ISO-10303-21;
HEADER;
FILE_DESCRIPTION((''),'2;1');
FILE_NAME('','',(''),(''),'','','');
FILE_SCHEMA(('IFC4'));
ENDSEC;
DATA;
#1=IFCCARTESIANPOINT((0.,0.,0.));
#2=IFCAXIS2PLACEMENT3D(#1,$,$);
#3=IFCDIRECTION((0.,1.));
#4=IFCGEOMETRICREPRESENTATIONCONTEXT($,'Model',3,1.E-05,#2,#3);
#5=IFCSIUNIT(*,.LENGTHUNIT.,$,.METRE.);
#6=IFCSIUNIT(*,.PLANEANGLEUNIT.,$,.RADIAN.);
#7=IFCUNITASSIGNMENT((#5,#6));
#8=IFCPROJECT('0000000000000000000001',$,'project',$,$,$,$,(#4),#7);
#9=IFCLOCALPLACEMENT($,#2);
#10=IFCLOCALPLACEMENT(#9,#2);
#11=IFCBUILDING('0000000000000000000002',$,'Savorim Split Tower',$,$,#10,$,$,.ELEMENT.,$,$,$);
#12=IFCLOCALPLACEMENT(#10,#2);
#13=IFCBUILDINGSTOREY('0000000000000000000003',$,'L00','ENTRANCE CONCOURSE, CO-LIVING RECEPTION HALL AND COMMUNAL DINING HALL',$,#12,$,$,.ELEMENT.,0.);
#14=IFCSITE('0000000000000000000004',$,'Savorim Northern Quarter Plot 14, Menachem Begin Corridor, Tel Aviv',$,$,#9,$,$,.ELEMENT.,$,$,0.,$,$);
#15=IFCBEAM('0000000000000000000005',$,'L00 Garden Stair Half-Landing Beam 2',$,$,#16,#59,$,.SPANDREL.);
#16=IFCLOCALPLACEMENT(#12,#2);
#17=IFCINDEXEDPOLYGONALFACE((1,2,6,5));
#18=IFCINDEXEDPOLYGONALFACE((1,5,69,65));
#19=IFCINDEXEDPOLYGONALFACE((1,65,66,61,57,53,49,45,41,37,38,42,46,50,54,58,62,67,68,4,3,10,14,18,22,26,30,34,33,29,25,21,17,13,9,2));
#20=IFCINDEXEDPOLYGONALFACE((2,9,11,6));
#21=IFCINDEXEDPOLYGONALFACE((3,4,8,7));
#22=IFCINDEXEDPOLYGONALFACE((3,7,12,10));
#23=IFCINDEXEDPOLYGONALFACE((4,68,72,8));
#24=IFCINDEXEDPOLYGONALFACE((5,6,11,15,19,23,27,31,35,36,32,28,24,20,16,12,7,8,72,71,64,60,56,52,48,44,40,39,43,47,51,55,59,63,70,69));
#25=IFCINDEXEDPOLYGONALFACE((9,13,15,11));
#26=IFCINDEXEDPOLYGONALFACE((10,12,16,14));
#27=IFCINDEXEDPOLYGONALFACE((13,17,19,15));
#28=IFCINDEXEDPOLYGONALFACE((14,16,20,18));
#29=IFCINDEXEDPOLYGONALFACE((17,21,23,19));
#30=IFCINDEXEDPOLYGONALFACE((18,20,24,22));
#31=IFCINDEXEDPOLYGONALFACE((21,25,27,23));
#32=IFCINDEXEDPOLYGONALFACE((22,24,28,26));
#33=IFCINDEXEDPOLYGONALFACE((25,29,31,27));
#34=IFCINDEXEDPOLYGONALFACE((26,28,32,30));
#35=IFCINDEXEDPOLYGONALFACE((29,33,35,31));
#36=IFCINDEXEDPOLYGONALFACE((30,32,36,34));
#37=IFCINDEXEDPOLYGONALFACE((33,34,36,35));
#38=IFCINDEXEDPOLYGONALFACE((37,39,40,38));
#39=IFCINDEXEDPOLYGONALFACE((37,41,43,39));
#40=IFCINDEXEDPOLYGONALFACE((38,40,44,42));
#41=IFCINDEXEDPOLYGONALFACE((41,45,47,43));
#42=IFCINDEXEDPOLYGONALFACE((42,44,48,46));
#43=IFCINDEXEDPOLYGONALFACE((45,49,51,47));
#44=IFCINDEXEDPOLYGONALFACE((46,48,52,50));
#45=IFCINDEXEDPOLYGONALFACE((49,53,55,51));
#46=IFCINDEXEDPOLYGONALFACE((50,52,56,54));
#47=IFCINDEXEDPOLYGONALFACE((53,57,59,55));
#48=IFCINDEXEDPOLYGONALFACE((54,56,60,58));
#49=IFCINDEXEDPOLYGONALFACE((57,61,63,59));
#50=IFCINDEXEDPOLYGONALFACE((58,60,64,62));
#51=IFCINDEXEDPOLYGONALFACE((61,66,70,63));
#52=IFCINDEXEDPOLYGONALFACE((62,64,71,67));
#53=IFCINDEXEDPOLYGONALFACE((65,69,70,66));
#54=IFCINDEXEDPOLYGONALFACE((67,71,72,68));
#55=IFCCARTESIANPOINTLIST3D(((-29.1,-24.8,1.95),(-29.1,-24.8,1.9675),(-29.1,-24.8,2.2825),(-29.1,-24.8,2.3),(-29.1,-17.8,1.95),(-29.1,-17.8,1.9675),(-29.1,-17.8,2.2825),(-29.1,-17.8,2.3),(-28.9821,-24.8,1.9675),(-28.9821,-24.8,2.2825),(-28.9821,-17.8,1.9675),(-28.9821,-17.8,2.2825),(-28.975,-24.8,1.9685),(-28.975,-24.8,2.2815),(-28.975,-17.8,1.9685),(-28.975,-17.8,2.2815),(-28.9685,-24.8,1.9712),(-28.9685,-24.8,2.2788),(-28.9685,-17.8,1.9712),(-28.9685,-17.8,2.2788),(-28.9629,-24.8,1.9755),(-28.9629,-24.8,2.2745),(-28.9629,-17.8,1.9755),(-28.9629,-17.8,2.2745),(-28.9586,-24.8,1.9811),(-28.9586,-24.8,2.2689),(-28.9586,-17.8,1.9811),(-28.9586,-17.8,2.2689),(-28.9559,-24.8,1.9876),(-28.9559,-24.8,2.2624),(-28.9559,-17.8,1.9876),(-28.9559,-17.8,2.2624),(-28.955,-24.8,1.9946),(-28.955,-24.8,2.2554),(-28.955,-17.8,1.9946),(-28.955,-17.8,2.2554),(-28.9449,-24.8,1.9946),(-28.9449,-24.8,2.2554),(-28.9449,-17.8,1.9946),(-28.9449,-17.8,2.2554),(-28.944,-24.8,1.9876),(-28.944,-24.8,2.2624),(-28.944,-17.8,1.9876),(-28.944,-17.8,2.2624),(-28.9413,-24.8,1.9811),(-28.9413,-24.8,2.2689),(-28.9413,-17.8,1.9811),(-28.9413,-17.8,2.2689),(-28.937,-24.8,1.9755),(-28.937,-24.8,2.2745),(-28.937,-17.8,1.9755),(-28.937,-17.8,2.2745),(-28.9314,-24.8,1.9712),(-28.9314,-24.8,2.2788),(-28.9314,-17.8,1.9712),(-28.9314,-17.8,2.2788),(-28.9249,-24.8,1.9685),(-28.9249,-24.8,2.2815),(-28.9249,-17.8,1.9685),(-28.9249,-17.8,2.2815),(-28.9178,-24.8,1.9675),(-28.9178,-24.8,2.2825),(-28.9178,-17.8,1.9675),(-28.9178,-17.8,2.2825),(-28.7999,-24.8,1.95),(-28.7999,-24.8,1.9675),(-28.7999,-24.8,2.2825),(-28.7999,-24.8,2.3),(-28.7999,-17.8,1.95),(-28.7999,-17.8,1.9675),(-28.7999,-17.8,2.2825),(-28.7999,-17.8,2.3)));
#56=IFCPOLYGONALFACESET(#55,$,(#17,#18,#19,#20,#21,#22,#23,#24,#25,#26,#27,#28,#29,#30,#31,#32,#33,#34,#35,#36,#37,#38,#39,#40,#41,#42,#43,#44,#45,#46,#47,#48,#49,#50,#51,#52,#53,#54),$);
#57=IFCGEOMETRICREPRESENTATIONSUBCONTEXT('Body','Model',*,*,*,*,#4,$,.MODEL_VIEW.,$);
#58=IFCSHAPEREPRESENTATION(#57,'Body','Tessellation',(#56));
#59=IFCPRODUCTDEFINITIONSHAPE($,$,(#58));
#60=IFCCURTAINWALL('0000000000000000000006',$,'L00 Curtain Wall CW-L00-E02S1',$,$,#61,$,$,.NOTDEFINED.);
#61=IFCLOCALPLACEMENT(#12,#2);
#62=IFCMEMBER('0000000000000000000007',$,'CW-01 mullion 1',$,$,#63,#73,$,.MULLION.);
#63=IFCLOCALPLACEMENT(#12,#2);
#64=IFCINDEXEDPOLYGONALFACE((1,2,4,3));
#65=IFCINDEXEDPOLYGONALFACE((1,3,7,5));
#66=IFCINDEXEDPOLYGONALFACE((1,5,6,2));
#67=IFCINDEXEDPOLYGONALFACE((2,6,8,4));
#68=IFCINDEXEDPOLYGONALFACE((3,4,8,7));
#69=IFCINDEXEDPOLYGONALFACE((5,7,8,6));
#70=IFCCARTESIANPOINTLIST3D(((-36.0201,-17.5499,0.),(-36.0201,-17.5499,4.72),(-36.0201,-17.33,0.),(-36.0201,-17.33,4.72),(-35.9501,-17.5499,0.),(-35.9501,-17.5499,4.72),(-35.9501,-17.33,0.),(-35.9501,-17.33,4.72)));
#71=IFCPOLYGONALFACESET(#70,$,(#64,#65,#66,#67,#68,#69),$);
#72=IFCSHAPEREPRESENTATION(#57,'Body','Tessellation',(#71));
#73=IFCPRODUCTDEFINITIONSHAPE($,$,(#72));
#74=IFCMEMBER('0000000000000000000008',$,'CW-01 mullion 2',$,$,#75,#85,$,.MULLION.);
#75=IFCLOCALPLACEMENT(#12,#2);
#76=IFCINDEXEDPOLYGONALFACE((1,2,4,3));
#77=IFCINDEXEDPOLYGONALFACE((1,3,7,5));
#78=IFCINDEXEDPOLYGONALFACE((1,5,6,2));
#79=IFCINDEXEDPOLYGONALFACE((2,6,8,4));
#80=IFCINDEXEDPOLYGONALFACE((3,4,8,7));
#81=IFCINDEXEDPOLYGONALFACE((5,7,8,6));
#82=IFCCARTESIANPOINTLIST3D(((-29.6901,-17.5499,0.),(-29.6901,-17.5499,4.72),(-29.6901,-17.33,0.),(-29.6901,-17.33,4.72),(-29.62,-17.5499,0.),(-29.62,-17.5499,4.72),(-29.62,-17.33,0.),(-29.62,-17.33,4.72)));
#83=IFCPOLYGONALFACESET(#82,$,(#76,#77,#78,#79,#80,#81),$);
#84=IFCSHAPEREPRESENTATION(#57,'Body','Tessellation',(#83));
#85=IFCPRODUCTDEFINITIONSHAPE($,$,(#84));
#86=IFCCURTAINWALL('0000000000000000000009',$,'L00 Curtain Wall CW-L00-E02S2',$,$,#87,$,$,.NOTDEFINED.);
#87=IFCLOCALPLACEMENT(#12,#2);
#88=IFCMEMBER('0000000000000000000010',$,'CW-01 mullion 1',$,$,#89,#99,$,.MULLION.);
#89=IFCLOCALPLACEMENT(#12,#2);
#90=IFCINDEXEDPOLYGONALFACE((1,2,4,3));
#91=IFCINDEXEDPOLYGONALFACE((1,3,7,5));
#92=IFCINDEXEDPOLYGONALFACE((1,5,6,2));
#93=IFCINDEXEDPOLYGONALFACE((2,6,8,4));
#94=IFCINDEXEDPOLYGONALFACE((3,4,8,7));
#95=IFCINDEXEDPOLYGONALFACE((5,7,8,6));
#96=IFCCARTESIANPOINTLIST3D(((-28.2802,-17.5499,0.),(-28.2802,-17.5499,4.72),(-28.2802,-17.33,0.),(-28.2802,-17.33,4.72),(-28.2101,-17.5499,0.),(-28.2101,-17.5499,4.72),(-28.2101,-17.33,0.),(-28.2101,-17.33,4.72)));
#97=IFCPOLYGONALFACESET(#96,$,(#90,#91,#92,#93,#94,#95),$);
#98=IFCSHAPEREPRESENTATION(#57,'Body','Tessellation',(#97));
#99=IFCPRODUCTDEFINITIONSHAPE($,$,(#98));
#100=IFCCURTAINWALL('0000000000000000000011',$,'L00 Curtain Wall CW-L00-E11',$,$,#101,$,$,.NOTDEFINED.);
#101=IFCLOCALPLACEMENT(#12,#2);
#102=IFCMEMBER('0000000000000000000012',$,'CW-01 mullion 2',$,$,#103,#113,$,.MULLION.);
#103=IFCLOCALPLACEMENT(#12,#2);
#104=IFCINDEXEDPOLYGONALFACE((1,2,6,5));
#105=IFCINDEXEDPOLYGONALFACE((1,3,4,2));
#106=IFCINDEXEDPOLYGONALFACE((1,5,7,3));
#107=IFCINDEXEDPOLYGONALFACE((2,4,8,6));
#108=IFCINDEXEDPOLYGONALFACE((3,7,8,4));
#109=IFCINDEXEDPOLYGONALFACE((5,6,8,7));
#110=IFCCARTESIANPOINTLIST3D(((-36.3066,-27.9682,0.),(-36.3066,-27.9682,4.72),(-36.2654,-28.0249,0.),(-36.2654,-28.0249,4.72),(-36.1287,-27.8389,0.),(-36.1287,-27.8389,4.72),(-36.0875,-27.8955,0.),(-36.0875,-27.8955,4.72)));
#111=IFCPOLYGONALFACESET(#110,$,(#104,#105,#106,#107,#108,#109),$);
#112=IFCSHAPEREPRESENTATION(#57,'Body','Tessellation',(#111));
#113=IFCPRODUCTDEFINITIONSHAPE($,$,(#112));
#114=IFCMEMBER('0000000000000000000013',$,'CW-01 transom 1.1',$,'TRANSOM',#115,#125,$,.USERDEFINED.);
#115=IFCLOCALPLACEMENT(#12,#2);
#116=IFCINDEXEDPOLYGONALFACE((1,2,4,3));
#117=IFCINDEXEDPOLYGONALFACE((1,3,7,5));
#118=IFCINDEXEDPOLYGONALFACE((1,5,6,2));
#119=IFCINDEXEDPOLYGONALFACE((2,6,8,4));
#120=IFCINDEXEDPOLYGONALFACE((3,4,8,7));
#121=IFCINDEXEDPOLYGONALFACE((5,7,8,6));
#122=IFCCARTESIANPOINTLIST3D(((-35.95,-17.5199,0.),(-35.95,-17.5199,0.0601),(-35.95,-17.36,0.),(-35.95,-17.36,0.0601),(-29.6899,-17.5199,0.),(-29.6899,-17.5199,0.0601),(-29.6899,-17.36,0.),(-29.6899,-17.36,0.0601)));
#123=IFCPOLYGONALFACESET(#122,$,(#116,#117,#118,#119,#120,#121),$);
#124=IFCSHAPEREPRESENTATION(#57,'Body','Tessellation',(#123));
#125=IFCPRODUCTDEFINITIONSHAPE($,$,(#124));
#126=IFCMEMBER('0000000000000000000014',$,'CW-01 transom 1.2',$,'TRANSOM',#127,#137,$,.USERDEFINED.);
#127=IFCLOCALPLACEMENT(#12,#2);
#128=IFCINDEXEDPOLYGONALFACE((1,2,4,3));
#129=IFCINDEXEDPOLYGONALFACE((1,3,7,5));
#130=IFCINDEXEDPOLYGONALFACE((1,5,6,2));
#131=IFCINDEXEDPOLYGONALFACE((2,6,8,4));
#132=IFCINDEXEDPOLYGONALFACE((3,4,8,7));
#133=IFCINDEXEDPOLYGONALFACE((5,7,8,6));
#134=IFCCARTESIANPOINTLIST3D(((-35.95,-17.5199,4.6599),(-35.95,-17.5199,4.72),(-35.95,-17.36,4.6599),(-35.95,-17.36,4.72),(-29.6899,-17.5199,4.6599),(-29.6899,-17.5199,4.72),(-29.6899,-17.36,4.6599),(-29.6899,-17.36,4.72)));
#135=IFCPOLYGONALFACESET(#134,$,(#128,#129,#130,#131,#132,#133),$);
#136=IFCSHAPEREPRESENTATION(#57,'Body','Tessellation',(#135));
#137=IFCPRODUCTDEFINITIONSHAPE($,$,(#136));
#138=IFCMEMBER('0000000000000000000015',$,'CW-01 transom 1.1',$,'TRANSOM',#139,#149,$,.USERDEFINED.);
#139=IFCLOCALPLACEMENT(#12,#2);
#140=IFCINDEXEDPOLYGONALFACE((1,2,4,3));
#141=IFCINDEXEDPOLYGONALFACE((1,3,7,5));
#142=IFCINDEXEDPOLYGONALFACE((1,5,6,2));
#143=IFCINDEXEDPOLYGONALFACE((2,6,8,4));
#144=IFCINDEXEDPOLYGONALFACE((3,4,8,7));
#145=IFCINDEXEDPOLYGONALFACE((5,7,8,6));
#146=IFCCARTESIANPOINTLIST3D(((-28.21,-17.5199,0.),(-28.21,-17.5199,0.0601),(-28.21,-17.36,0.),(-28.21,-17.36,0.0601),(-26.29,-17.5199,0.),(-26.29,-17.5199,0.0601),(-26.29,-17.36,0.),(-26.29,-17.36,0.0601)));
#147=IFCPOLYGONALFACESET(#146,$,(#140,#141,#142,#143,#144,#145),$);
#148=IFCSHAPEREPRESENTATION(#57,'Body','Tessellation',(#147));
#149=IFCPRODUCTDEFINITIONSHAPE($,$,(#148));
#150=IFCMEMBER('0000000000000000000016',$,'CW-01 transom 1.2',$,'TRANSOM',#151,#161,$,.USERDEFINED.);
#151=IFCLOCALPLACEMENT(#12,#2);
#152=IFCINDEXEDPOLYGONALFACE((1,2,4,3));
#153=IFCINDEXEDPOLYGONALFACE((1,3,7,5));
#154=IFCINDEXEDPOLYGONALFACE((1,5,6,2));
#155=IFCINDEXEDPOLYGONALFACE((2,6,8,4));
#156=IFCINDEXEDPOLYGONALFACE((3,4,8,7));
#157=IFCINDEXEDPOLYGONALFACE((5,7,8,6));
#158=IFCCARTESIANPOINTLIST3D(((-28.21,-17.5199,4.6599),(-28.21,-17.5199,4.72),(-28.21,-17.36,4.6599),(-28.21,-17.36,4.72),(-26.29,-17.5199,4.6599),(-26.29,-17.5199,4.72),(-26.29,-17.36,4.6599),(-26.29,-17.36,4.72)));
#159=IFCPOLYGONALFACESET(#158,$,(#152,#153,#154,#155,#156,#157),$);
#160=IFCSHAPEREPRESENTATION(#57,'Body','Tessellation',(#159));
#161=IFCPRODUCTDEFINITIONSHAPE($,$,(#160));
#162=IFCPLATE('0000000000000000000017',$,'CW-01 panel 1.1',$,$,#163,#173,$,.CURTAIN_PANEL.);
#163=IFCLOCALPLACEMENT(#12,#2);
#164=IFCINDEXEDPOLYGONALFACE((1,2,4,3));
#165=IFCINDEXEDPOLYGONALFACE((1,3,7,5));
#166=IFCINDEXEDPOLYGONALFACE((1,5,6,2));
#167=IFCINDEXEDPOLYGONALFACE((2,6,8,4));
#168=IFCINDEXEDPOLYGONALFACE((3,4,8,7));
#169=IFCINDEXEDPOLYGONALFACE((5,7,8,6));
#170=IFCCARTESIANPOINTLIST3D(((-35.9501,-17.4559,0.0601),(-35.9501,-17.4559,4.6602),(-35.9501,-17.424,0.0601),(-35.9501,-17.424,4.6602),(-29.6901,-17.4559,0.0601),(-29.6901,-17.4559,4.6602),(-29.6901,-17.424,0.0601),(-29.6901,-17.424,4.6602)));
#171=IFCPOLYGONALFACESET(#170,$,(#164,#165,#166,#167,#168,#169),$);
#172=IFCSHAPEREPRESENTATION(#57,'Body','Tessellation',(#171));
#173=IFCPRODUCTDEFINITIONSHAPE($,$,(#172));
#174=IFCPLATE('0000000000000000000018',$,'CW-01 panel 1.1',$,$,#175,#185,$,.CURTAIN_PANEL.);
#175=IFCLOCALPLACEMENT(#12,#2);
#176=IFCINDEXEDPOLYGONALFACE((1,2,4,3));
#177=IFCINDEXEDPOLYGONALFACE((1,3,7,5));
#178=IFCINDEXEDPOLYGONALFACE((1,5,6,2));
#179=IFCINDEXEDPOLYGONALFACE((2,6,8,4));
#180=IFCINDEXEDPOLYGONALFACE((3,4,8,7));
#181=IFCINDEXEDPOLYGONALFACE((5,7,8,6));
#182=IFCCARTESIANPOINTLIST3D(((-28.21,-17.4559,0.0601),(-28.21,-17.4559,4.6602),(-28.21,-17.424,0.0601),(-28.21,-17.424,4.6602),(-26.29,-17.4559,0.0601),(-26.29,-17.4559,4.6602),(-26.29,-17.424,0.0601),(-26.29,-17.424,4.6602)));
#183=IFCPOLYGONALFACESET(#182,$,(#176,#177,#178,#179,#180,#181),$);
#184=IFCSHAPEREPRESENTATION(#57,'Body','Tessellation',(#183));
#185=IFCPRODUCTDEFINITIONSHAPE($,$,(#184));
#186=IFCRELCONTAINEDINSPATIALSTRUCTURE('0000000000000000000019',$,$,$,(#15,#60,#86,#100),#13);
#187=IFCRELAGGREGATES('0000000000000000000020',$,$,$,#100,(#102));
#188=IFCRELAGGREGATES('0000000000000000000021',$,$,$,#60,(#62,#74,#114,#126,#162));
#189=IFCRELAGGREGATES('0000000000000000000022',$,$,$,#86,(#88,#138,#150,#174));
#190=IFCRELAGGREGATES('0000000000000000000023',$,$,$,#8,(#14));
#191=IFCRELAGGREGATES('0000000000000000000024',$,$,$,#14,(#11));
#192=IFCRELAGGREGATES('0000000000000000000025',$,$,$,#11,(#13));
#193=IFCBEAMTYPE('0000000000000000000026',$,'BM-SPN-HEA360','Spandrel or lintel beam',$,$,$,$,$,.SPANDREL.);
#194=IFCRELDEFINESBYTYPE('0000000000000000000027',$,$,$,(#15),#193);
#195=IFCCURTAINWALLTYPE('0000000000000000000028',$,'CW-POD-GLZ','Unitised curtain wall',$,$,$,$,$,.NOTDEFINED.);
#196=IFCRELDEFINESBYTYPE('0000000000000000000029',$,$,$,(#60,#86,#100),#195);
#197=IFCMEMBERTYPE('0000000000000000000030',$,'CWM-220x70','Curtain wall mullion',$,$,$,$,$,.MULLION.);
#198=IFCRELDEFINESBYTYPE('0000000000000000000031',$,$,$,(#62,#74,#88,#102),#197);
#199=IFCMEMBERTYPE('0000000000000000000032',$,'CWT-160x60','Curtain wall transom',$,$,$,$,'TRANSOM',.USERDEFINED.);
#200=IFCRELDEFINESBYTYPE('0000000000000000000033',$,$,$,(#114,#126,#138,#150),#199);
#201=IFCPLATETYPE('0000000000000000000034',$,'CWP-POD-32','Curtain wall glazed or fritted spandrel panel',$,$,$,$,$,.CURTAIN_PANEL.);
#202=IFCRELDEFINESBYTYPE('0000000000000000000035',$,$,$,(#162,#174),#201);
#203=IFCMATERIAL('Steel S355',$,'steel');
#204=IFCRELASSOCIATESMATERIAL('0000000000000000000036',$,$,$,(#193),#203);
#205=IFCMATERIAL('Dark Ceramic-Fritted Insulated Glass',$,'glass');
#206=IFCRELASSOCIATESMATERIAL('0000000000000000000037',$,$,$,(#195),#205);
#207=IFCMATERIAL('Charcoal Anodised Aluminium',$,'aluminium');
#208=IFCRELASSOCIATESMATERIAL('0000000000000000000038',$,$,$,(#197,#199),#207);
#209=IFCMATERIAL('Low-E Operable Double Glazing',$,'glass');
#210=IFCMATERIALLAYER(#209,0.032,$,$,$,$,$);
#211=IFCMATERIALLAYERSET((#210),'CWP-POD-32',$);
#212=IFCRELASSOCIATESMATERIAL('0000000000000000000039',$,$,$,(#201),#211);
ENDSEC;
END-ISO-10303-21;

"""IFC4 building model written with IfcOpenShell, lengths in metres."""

from ifc_helpers import new_model, si_unit, direction, frame, origin, origin_2d, place, context, subcontext, project, spatial, rectangle, i_section, extrude, material, layer, layer_set, material_profile, profile_set, type_object, element, aggregate, save


model = new_model("IFC4")

# Units and contexts
model_context = context("Model", 3, precision=1e-05, world=origin(), true_north=direction((0.0, 1.0)))
body_context = subcontext(model_context, "Body", "Model", "MODEL_VIEW")
ifc_project = project(units=[si_unit("LENGTHUNIT", "METRE"), si_unit("PLANEANGLEUNIT", "RADIAN")], contexts=[model_context])

# Site, building, storey
site_placement = place(None, origin())
site = spatial("IfcSite", under=ifc_project, at=site_placement, Name="Savorim Northern Quarter Plot 14, Menachem Begin Corridor, Tel Aviv", CompositionType="ELEMENT", RefElevation=0.0)
building_placement = place(site_placement, origin())
building = spatial("IfcBuilding", under=site, at=building_placement, Name="Savorim Split Tower", CompositionType="ELEMENT")
storey_placement = place(building_placement, origin())
storey = spatial("IfcBuildingStorey", under=building, at=storey_placement, Name="L00", Description="ENTRANCE CONCOURSE, CO-LIVING RECEPTION HALL AND COMMUNAL DINING HALL", CompositionType="ELEMENT", Elevation=0.0)

# Beam
ifc_material_1 = material(Name="Steel S355", Category="steel")
ifc_material_profile_1 = material_profile(ifc_material_1, i_section(OverallWidth=0.3, OverallDepth=0.3501, WebThickness=0.01, FlangeThickness=0.0176, FilletRadius=0.0271, at=origin_2d()), Name="HEA 360")
ifc_profile_set_1 = profile_set([ifc_material_profile_1], Name="Steel S355")
beam_type_1 = type_object("IfcBeamType", Name="BM-SPN-HEA360", Description="Spandrel or lintel beam", PredefinedType="SPANDREL", material=ifc_profile_set_1)
beam_1_placement = place(storey_placement, frame((-28.95, -24.8, 2.125), z_axis=(0.0, 1.0, 0.0), x_axis=(-1.0, 0.0, 0.0)))
element("IfcBeam", 1, at=beam_1_placement, inside=storey, type_object=beam_type_1, Name="L00 Garden Stair Half-Landing Beam 2", PredefinedType="SPANDREL", context=body_context, shape_type="SweptSolid", body=[
    extrude(i_section(OverallWidth=0.3, OverallDepth=0.3501, WebThickness=0.01, FlangeThickness=0.0176, FilletRadius=0.0271, at=origin_2d()), origin(), (0.0, 0.0, 1.0), 7.0),
])

# Curtain wall, members
ifc_material_2 = material(Name="Dark Ceramic-Fritted Insulated Glass", Category="glass")
curtain_wall_type = type_object("IfcCurtainWallType", Name="CW-POD-GLZ", Description="Unitised curtain wall", PredefinedType="NOTDEFINED", material=ifc_material_2)
curtain_wall_1_placement = place(storey_placement, origin())
curtain_wall_1 = element("IfcCurtainWall", 2, at=curtain_wall_1_placement, inside=storey, type_object=curtain_wall_type, Name="L00 Curtain Wall CW-L00-E02S1", PredefinedType="NOTDEFINED")
ifc_material_3 = material(Name="Charcoal Anodised Aluminium", Category="aluminium")
ifc_material_profile_2 = material_profile(ifc_material_3, rectangle(XDim=0.22, YDim=0.0701, at=origin_2d()), Name="ALU-M 220x70")
ifc_profile_set_2 = profile_set([ifc_material_profile_2], Name="Charcoal Anodised Aluminium")
member_type_1 = type_object("IfcMemberType", Name="CWM-220x70", Description="Curtain wall mullion", PredefinedType="MULLION", material=ifc_profile_set_2)
member_1_placement = place(storey_placement, frame((-35.9851, -17.4399, 0.0), z_axis=(0.0, 0.0, 1.0), x_axis=(0.0, 1.0, 0.0)))
member_1 = element("IfcMember", 3, at=member_1_placement, type_object=member_type_1, Name="CW-01 mullion 1", PredefinedType="MULLION", context=body_context, shape_type="SweptSolid", body=[
    extrude(rectangle(XDim=0.22, YDim=0.0701, at=origin_2d()), origin(), (0.0, 0.0, 1.0), 4.72),
])
member_2_placement = place(storey_placement, frame((-29.655, -17.4399, 0.0), z_axis=(0.0, 0.0, 1.0), x_axis=(0.0, 1.0, 0.0)))
member_2 = element("IfcMember", 4, at=member_2_placement, type_object=member_type_1, Name="CW-01 mullion 2", PredefinedType="MULLION", context=body_context, shape_type="SweptSolid", body=[
    extrude(rectangle(XDim=0.22, YDim=0.0701, at=origin_2d()), origin(), (0.0, 0.0, 1.0), 4.72),
])

# Curtain walls, members
curtain_wall_2_placement = place(storey_placement, origin())
curtain_wall_2 = element("IfcCurtainWall", 5, at=curtain_wall_2_placement, inside=storey, type_object=curtain_wall_type, Name="L00 Curtain Wall CW-L00-E02S2", PredefinedType="NOTDEFINED")
member_3_placement = place(storey_placement, frame((-28.2451, -17.4399, 0.0), z_axis=(0.0, 0.0, 1.0), x_axis=(0.0, 1.0, 0.0)))
member_3 = element("IfcMember", 6, at=member_3_placement, type_object=member_type_1, Name="CW-01 mullion 1", PredefinedType="MULLION", context=body_context, shape_type="SweptSolid", body=[
    extrude(rectangle(XDim=0.22, YDim=0.0701, at=origin_2d()), origin(), (0.0, 0.0, 1.0), 4.72),
])
curtain_wall_3_placement = place(storey_placement, origin())
curtain_wall_3 = element("IfcCurtainWall", 7, at=curtain_wall_3_placement, inside=storey, type_object=curtain_wall_type, Name="L00 Curtain Wall CW-L00-E11", PredefinedType="NOTDEFINED")
member_4_placement = place(storey_placement, frame((-36.197, -27.9319, 0.0), z_axis=(0.0, 0.0, 1.0), x_axis=(0.808737, 0.58817, 0.0)))
member_4 = element("IfcMember", 8, at=member_4_placement, type_object=member_type_1, Name="CW-01 mullion 2", PredefinedType="MULLION", context=body_context, shape_type="SweptSolid", body=[
    extrude(rectangle(XDim=0.22, YDim=0.0701, at=origin_2d()), origin(), (0.0, 0.0, 1.0), 4.72),
])
aggregate(curtain_wall_3, [member_4])

# Members
ifc_material_profile_3 = material_profile(ifc_material_3, rectangle(XDim=0.1599, YDim=0.0601, at=origin_2d()), Name="ALU-T 160x60")
ifc_profile_set_3 = profile_set([ifc_material_profile_3], Name="Charcoal Anodised Aluminium")
member_type_2 = type_object("IfcMemberType", Name="CWT-160x60", Description="Curtain wall transom", ElementType="TRANSOM", PredefinedType="USERDEFINED", material=ifc_profile_set_3)
member_5_placement = place(storey_placement, frame((-35.95, -17.4399, 0.03), z_axis=(1.0, 0.0, 0.0), x_axis=(0.0, 1.0, 0.0)))
member_5 = element("IfcMember", 9, at=member_5_placement, type_object=member_type_2, Name="CW-01 transom 1.1", ObjectType="TRANSOM", PredefinedType="USERDEFINED", context=body_context, shape_type="SweptSolid", body=[
    extrude(rectangle(XDim=0.1599, YDim=0.0601, at=origin_2d()), origin(), (0.0, 0.0, 1.0), 6.26),
])
member_6_placement = place(storey_placement, frame((-35.95, -17.4399, 4.6899), z_axis=(1.0, 0.0, 0.0), x_axis=(0.0, 1.0, 0.0)))
member_6 = element("IfcMember", 10, at=member_6_placement, type_object=member_type_2, Name="CW-01 transom 1.2", ObjectType="TRANSOM", PredefinedType="USERDEFINED", context=body_context, shape_type="SweptSolid", body=[
    extrude(rectangle(XDim=0.1599, YDim=0.0601, at=origin_2d()), origin(), (0.0, 0.0, 1.0), 6.26),
])
member_7_placement = place(storey_placement, frame((-28.21, -17.4399, 0.03), z_axis=(1.0, 0.0, 0.0), x_axis=(0.0, 1.0, 0.0)))
member_7 = element("IfcMember", 11, at=member_7_placement, type_object=member_type_2, Name="CW-01 transom 1.1", ObjectType="TRANSOM", PredefinedType="USERDEFINED", context=body_context, shape_type="SweptSolid", body=[
    extrude(rectangle(XDim=0.1599, YDim=0.0601, at=origin_2d()), origin(), (0.0, 0.0, 1.0), 1.9199),
])
member_8_placement = place(storey_placement, frame((-28.21, -17.4399, 4.6899), z_axis=(1.0, 0.0, 0.0), x_axis=(0.0, 1.0, 0.0)))
member_8 = element("IfcMember", 12, at=member_8_placement, type_object=member_type_2, Name="CW-01 transom 1.2", ObjectType="TRANSOM", PredefinedType="USERDEFINED", context=body_context, shape_type="SweptSolid", body=[
    extrude(rectangle(XDim=0.1599, YDim=0.0601, at=origin_2d()), origin(), (0.0, 0.0, 1.0), 1.9199),
])

# Plates
ifc_material_4 = material(Name="Low-E Operable Double Glazing", Category="glass")
ifc_layer = layer(ifc_material_4, 0.032)
ifc_layer_set = layer_set([ifc_layer], Name="CWP-POD-32")
plate_type = type_object("IfcPlateType", Name="CWP-POD-32", Description="Curtain wall glazed or fritted spandrel panel", PredefinedType="CURTAIN_PANEL", material=ifc_layer_set)
plate_1_placement = place(storey_placement, frame((-32.8201, -17.4399, 0.0601), z_axis=(0.0, 0.0, 1.0), x_axis=(1.0, 0.0, 0.0)))
plate_1 = element("IfcPlate", 13, at=plate_1_placement, type_object=plate_type, Name="CW-01 panel 1.1", PredefinedType="CURTAIN_PANEL", context=body_context, shape_type="SweptSolid", body=[
    extrude(rectangle(XDim=6.26, YDim=0.032, at=origin_2d()), origin(), (0.0, 0.0, 1.0), 4.6001),
])
aggregate(curtain_wall_1, [member_1, member_2, member_5, member_6, plate_1])
plate_2_placement = place(storey_placement, frame((-27.25, -17.4399, 0.0601), z_axis=(0.0, 0.0, 1.0), x_axis=(1.0, 0.0, 0.0)))
plate_2 = element("IfcPlate", 14, at=plate_2_placement, type_object=plate_type, Name="CW-01 panel 1.1", PredefinedType="CURTAIN_PANEL", context=body_context, shape_type="SweptSolid", body=[
    extrude(rectangle(XDim=1.9199, YDim=0.032, at=origin_2d()), origin(), (0.0, 0.0, 1.0), 4.6001),
])
aggregate(curtain_wall_2, [member_3, member_7, member_8, plate_2])

save(model, "model.ifc")
